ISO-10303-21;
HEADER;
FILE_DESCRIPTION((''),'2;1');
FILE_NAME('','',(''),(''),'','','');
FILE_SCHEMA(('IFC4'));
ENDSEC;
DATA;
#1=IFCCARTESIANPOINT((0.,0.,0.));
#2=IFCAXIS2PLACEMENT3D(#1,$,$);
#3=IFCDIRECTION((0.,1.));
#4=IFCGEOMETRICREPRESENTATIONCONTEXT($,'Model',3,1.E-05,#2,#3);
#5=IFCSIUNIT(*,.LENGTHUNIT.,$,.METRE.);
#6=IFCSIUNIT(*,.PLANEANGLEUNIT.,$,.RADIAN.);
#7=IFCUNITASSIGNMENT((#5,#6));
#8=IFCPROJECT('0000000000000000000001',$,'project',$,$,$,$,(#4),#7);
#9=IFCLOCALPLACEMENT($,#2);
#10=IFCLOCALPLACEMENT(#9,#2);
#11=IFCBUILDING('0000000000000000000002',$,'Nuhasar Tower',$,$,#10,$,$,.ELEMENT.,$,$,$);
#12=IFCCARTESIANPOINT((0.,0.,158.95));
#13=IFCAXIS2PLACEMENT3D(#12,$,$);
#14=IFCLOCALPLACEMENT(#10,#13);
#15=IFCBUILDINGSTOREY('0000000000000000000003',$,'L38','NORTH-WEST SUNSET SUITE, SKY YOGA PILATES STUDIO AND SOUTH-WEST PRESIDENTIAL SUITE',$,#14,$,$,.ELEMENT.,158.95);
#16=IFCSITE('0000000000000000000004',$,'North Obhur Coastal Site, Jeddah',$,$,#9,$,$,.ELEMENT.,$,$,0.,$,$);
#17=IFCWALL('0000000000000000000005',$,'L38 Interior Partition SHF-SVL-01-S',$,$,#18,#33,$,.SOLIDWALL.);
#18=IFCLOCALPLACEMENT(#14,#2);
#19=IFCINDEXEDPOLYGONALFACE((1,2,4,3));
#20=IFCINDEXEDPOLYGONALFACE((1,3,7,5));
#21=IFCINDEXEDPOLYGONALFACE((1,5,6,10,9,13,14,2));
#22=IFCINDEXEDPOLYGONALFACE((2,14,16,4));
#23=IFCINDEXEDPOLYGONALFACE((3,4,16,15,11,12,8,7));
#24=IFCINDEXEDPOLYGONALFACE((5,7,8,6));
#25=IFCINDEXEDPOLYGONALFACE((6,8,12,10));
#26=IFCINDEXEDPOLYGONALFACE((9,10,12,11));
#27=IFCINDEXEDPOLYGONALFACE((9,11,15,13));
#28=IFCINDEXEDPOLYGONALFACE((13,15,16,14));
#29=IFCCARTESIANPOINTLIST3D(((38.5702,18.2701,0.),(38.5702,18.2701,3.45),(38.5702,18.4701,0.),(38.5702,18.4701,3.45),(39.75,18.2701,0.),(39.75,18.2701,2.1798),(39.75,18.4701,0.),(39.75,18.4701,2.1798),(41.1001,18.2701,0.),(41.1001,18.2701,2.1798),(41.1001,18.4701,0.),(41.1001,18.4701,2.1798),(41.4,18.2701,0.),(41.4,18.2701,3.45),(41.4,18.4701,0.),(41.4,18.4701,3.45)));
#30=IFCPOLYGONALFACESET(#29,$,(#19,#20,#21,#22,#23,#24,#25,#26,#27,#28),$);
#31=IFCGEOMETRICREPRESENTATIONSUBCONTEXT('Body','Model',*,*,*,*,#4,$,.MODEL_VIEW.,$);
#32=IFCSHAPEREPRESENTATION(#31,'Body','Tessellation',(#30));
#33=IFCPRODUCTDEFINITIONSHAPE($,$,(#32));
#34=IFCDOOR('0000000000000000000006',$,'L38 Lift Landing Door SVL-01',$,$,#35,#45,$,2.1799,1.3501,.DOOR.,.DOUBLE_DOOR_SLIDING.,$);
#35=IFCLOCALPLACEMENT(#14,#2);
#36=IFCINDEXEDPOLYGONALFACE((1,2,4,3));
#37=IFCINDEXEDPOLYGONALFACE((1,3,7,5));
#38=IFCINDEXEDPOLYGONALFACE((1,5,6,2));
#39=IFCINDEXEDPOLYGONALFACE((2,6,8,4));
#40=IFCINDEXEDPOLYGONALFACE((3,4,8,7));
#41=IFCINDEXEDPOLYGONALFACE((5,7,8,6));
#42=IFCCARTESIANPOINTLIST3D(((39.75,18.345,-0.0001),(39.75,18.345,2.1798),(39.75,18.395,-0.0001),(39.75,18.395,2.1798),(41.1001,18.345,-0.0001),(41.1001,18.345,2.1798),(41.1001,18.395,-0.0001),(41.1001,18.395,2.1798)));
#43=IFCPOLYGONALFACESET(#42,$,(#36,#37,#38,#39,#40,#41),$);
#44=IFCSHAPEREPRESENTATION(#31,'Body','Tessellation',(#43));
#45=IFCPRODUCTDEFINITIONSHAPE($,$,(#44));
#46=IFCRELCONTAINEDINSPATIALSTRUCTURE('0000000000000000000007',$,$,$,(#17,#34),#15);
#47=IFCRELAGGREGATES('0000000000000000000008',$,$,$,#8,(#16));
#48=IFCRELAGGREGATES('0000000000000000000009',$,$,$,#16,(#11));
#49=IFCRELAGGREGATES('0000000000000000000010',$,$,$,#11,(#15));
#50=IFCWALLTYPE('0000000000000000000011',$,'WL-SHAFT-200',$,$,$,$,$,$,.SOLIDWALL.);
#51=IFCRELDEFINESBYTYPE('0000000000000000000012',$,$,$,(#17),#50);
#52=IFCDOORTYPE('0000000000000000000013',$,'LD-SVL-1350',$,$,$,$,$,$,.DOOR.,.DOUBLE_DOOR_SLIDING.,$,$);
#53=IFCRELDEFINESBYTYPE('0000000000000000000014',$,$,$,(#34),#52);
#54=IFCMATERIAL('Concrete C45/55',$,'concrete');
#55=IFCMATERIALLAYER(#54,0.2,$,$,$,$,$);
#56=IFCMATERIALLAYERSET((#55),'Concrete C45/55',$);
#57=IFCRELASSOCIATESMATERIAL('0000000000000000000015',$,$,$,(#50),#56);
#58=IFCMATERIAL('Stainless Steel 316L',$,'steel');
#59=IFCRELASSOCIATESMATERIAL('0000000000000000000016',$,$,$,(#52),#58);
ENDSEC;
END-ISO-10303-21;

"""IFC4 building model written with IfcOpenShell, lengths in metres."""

from ifc_helpers import new_model, si_unit, direction, frame, frame_2d, origin, place, context, subcontext, project, spatial, rectangle, extrude, material, layer, layer_set, type_object, element, fill, save


model = new_model("IFC4")

# Units and contexts
model_context = context("Model", 3, precision=1e-05, world=origin(), true_north=direction((0.0, 1.0)))
body_context = subcontext(model_context, "Body", "Model", "MODEL_VIEW")
ifc_project = project(units=[si_unit("LENGTHUNIT", "METRE"), si_unit("PLANEANGLEUNIT", "RADIAN")], contexts=[model_context])

# Site, building, storey
site_placement = place(None, origin())
site = spatial("IfcSite", under=ifc_project, at=site_placement, Name="North Obhur Coastal Site, Jeddah", CompositionType="ELEMENT", RefElevation=0.0)
building_placement = place(site_placement, origin())
building = spatial("IfcBuilding", under=site, at=building_placement, Name="Nuhasar Tower", CompositionType="ELEMENT")
storey_placement = place(building_placement, frame((0.0, 0.0, 158.95)))
storey = spatial("IfcBuildingStorey", under=building, at=storey_placement, Name="L38", Description="NORTH-WEST SUNSET SUITE, SKY YOGA PILATES STUDIO AND SOUTH-WEST PRESIDENTIAL SUITE", CompositionType="ELEMENT", Elevation=158.95)

# Shared definitions
ifc_material_1 = material(Name="Concrete C45/55", Category="concrete")
ifc_layer_1 = layer(ifc_material_1, 0.2)
ifc_layer_set_1 = layer_set([ifc_layer_1], Name="Concrete C45/55")
wall_type_1 = type_object("IfcWallType", Name="WL-SHAFT-200", PredefinedType="SOLIDWALL", material=ifc_layer_set_1)

# Shared definitions
ifc_material_2 = material(Name="Stainless Steel 316L", Category="steel")

# Wall, opening, door
wall_1_placement = place(storey_placement, frame((38.5701, 18.3701, 0.0), z_axis=(0.0, 0.0, 1.0), x_axis=(1.0, 0.0, 0.0)))
wall_1 = element("IfcWall", 1, at=wall_1_placement, inside=storey, type_object=wall_type_1, Name="L38 Interior Partition SHF-SVL-01-S", PredefinedType="SOLIDWALL", context=body_context, shape_type="SweptSolid", body=[
    extrude(rectangle(XDim=2.8298, YDim=0.2, at=frame_2d((1.415, 0.0))), origin(), (0.0, 0.0, 1.0), 3.45),
])
opening_1_placement = place(wall_1_placement, frame((1.1799, 0.0, 0.0)))
opening_1 = element("IfcOpeningElement", 2, at=opening_1_placement, cuts=wall_1, PredefinedType="OPENING", context=body_context, shape_type="SweptSolid", body=[
    extrude(rectangle(XDim=1.3501, YDim=2.1799, at=frame_2d((0.675, 1.0898))), frame((0.0, 0.1099, 0.0), z_axis=(0.0, -1.0, 0.0), x_axis=(1.0, 0.0, 0.0)), (0.0, 0.0, 1.0), 0.22),
])
door_type_1 = type_object("IfcDoorType", Name="LD-SVL-1350", OperationType="DOUBLE_DOOR_SLIDING", PredefinedType="DOOR", material=ifc_material_2)
door_1_placement = place(opening_1_placement, origin())
door_1 = element("IfcDoor", 3, at=door_1_placement, inside=storey, type_object=door_type_1, Name="L38 Lift Landing Door SVL-01", OperationType="DOUBLE_DOOR_SLIDING", OverallHeight=2.1799, OverallWidth=1.3501, PredefinedType="DOOR", context=body_context, shape_type="SweptSolid", body=[
    extrude(rectangle(XDim=1.3501, YDim=2.1799, at=frame_2d((0.675, 1.0898))), frame((0.0, 0.0249, 0.0), z_axis=(0.0, -1.0, 0.0), x_axis=(1.0, 0.0, 0.0)), (0.0, 0.0, 1.0), 0.05),
])
fill(opening_1, door_1)

save(model, "model.ifc")
